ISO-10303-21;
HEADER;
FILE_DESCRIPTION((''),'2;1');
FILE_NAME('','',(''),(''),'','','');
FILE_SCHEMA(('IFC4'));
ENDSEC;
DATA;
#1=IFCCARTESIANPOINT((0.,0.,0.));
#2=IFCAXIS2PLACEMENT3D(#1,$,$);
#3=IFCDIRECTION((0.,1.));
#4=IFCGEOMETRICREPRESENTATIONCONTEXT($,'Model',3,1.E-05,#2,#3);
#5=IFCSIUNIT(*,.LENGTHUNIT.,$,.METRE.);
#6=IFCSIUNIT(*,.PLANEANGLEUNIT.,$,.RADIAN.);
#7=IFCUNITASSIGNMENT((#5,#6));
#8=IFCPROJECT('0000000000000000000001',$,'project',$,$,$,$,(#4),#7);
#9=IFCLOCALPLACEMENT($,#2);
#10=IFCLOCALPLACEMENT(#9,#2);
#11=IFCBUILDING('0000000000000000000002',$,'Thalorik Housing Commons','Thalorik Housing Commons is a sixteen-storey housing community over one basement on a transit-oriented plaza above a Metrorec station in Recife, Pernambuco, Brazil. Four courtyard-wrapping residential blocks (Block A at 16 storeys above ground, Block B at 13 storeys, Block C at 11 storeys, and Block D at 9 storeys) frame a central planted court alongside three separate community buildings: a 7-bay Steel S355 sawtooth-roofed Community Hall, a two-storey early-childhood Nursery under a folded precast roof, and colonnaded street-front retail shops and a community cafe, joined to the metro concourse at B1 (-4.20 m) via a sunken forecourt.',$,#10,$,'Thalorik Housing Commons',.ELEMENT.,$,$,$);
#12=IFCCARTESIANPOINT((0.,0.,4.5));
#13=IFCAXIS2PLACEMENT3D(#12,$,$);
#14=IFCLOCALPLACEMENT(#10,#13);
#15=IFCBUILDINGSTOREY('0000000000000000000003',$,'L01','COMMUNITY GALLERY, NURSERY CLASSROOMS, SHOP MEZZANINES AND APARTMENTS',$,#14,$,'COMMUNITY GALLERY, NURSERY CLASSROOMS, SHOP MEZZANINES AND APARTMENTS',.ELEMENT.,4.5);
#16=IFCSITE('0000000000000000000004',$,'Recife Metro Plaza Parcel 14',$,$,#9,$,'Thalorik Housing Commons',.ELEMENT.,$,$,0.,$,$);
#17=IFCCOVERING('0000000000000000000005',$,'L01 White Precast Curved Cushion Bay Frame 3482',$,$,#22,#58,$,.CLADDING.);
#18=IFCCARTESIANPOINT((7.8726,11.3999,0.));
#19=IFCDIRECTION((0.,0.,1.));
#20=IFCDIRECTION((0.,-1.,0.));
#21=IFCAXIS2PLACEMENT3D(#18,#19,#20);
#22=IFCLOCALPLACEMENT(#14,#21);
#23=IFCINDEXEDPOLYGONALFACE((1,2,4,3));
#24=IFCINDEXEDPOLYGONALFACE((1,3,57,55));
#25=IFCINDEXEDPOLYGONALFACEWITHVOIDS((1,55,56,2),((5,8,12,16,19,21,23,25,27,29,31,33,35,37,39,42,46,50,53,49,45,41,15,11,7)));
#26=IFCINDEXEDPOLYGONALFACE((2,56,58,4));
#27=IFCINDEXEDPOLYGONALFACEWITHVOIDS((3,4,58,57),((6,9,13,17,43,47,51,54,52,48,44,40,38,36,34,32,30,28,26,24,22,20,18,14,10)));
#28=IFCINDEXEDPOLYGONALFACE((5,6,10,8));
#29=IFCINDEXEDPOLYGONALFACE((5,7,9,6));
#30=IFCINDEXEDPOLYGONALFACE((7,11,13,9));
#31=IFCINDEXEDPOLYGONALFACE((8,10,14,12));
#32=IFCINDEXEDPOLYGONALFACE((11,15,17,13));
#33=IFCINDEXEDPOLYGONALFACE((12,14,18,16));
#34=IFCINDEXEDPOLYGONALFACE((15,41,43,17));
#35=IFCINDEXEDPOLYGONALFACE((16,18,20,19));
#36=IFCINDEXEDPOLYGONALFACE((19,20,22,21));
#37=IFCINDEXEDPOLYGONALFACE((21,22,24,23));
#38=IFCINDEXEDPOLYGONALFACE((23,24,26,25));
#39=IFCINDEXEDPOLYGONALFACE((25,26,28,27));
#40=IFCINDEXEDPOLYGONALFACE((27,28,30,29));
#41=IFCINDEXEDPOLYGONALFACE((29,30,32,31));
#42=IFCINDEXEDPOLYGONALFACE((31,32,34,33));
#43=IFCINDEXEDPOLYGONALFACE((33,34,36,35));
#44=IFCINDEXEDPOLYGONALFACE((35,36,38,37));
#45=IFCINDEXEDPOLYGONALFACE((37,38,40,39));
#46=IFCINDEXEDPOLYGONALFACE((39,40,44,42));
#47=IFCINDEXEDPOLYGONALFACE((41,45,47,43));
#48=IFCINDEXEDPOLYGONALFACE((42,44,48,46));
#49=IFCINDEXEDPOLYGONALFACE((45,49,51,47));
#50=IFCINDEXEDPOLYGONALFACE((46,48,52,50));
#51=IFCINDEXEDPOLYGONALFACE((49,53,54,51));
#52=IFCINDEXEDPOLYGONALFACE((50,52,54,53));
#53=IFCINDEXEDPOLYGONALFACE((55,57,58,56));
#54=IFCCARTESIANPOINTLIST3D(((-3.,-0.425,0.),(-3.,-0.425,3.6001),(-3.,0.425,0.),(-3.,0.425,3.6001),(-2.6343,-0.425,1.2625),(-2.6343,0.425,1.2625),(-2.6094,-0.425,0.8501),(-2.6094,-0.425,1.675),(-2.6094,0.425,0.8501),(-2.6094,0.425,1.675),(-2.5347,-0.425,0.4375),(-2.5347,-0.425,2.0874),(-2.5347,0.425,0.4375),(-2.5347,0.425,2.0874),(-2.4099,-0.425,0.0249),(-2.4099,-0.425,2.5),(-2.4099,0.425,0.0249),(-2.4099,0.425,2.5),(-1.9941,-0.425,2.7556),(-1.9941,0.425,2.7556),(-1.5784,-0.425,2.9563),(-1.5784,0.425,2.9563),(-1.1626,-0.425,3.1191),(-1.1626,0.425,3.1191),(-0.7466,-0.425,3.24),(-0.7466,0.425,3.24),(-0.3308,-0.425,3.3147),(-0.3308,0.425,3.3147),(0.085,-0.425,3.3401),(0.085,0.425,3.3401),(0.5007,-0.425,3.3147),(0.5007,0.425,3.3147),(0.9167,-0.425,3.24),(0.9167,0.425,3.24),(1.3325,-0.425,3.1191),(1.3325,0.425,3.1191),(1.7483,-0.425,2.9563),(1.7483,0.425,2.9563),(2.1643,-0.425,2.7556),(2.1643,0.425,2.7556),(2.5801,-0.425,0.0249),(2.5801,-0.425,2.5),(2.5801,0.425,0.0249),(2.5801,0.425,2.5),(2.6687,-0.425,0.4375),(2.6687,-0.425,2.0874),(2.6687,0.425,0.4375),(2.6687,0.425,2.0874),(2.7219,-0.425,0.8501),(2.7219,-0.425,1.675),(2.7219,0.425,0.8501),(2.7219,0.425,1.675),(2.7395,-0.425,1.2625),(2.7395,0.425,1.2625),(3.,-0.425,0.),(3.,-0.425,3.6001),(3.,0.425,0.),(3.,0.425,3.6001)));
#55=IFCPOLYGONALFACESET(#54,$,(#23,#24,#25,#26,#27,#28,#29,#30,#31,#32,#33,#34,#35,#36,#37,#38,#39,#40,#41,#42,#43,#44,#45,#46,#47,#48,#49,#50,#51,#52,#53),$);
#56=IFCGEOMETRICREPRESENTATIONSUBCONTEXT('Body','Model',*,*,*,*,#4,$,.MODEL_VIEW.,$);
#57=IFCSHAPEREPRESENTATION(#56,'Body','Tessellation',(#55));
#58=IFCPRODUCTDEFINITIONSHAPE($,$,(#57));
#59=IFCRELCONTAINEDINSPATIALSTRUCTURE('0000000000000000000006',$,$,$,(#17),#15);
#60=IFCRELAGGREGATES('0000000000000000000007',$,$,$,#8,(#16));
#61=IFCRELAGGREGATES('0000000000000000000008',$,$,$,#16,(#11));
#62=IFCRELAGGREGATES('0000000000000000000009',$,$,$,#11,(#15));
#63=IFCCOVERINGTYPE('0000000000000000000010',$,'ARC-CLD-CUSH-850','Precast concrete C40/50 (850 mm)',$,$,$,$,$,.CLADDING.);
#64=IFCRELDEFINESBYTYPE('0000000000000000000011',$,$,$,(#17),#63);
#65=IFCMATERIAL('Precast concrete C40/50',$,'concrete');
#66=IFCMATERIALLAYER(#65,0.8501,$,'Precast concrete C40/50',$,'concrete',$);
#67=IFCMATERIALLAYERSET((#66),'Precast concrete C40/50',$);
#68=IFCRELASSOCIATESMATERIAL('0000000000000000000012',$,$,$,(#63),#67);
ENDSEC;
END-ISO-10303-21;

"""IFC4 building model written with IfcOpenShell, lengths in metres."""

from ifc_helpers import new_model, si_unit, direction, frame, origin, place, context, subcontext, project, spatial, polyline, outline, extrude, material, layer, layer_set, type_object, element, save


model = new_model("IFC4")

# Units and contexts
model_context = context("Model", 3, precision=1e-05, world=origin(), true_north=direction((0.0, 1.0)))
body_context = subcontext(model_context, "Body", "Model", "MODEL_VIEW")
ifc_project = project(units=[si_unit("LENGTHUNIT", "METRE"), si_unit("PLANEANGLEUNIT", "RADIAN")], contexts=[model_context])

# Site, building, storey
site_placement = place(None, origin())
site = spatial("IfcSite", under=ifc_project, at=site_placement, Name="Recife Metro Plaza Parcel 14", LongName="Thalorik Housing Commons", CompositionType="ELEMENT", RefElevation=0.0)
building_placement = place(site_placement, origin())
building = spatial("IfcBuilding", under=site, at=building_placement, Name="Thalorik Housing Commons", Description="Thalorik Housing Commons is a sixteen-storey housing community over one basement on a transit-oriented plaza above a Metrorec station in Recife, Pernambuco, Brazil. Four courtyard-wrapping residential blocks (Block A at 16 storeys above ground, Block B at 13 storeys, Block C at 11 storeys, and Block D at 9 storeys) frame a central planted court alongside three separate community buildings: a 7-bay Steel S355 sawtooth-roofed Community Hall, a two-storey early-childhood Nursery under a folded precast roof, and colonnaded street-front retail shops and a community cafe, joined to the metro concourse at B1 (-4.20 m) via a sunken forecourt.", LongName="Thalorik Housing Commons", CompositionType="ELEMENT")
storey_placement = place(building_placement, frame((0.0, 0.0, 4.5)))
storey = spatial("IfcBuildingStorey", under=building, at=storey_placement, Name="L01", Description="COMMUNITY GALLERY, NURSERY CLASSROOMS, SHOP MEZZANINES AND APARTMENTS", LongName="COMMUNITY GALLERY, NURSERY CLASSROOMS, SHOP MEZZANINES AND APARTMENTS", CompositionType="ELEMENT", Elevation=4.5)

# Covering
ifc_material_1 = material(Name="Precast concrete C40/50", Category="concrete")
ifc_layer_1 = layer(ifc_material_1, 0.8501, Name="Precast concrete C40/50", Category="concrete")
ifc_layer_set_1 = layer_set([ifc_layer_1], Name="Precast concrete C40/50")
covering_type_1 = type_object("IfcCoveringType", Name="ARC-CLD-CUSH-850", Description="Precast concrete C40/50 (850 mm)", PredefinedType="CLADDING", material=ifc_layer_set_1)
covering_1_placement = place(storey_placement, frame((7.8726, 11.3999, 0.0), z_axis=(0.0, 0.0, 1.0), x_axis=(0.0, -1.0, 0.0)))
element("IfcCovering", 1, at=covering_1_placement, inside=storey, type_object=covering_type_1, Name="L01 White Precast Curved Cushion Bay Frame 3482", PredefinedType="CLADDING", context=body_context, shape_type="SweptSolid", body=[
    extrude(outline(polyline([(-3.0, 0.0), (3.0, 0.0), (3.0, 3.6001), (-3.0, 3.6001), (-3.0, 0.0)]), holes=[polyline([(2.5801, 0.0249), (2.6687, 0.4375), (2.7219, 0.8501), (2.7395, 1.2625), (2.7219, 1.675), (2.6687, 2.0874), (2.5801, 2.5), (2.1643, 2.7556), (1.7483, 2.9563), (1.3325, 3.1191), (0.9167, 3.24), (0.5007, 3.3147), (0.085, 3.3401), (-0.3308, 3.3147), (-0.7466, 3.24), (-1.1626, 3.1191), (-1.5784, 2.9563), (-1.9941, 2.7556), (-2.4099, 2.5), (-2.5347, 2.0874), (-2.6094, 1.675), (-2.6343, 1.2625), (-2.6094, 0.8501), (-2.5347, 0.4375), (-2.4099, 0.0249), (2.5801, 0.0249)])]), frame((0.0, 0.425, 0.0), z_axis=(0.0, -1.0, 0.0), x_axis=(1.0, 0.0, 0.0)), (0.0, 0.0, 1.0), 0.8501),
])

save(model, "model.ifc")
